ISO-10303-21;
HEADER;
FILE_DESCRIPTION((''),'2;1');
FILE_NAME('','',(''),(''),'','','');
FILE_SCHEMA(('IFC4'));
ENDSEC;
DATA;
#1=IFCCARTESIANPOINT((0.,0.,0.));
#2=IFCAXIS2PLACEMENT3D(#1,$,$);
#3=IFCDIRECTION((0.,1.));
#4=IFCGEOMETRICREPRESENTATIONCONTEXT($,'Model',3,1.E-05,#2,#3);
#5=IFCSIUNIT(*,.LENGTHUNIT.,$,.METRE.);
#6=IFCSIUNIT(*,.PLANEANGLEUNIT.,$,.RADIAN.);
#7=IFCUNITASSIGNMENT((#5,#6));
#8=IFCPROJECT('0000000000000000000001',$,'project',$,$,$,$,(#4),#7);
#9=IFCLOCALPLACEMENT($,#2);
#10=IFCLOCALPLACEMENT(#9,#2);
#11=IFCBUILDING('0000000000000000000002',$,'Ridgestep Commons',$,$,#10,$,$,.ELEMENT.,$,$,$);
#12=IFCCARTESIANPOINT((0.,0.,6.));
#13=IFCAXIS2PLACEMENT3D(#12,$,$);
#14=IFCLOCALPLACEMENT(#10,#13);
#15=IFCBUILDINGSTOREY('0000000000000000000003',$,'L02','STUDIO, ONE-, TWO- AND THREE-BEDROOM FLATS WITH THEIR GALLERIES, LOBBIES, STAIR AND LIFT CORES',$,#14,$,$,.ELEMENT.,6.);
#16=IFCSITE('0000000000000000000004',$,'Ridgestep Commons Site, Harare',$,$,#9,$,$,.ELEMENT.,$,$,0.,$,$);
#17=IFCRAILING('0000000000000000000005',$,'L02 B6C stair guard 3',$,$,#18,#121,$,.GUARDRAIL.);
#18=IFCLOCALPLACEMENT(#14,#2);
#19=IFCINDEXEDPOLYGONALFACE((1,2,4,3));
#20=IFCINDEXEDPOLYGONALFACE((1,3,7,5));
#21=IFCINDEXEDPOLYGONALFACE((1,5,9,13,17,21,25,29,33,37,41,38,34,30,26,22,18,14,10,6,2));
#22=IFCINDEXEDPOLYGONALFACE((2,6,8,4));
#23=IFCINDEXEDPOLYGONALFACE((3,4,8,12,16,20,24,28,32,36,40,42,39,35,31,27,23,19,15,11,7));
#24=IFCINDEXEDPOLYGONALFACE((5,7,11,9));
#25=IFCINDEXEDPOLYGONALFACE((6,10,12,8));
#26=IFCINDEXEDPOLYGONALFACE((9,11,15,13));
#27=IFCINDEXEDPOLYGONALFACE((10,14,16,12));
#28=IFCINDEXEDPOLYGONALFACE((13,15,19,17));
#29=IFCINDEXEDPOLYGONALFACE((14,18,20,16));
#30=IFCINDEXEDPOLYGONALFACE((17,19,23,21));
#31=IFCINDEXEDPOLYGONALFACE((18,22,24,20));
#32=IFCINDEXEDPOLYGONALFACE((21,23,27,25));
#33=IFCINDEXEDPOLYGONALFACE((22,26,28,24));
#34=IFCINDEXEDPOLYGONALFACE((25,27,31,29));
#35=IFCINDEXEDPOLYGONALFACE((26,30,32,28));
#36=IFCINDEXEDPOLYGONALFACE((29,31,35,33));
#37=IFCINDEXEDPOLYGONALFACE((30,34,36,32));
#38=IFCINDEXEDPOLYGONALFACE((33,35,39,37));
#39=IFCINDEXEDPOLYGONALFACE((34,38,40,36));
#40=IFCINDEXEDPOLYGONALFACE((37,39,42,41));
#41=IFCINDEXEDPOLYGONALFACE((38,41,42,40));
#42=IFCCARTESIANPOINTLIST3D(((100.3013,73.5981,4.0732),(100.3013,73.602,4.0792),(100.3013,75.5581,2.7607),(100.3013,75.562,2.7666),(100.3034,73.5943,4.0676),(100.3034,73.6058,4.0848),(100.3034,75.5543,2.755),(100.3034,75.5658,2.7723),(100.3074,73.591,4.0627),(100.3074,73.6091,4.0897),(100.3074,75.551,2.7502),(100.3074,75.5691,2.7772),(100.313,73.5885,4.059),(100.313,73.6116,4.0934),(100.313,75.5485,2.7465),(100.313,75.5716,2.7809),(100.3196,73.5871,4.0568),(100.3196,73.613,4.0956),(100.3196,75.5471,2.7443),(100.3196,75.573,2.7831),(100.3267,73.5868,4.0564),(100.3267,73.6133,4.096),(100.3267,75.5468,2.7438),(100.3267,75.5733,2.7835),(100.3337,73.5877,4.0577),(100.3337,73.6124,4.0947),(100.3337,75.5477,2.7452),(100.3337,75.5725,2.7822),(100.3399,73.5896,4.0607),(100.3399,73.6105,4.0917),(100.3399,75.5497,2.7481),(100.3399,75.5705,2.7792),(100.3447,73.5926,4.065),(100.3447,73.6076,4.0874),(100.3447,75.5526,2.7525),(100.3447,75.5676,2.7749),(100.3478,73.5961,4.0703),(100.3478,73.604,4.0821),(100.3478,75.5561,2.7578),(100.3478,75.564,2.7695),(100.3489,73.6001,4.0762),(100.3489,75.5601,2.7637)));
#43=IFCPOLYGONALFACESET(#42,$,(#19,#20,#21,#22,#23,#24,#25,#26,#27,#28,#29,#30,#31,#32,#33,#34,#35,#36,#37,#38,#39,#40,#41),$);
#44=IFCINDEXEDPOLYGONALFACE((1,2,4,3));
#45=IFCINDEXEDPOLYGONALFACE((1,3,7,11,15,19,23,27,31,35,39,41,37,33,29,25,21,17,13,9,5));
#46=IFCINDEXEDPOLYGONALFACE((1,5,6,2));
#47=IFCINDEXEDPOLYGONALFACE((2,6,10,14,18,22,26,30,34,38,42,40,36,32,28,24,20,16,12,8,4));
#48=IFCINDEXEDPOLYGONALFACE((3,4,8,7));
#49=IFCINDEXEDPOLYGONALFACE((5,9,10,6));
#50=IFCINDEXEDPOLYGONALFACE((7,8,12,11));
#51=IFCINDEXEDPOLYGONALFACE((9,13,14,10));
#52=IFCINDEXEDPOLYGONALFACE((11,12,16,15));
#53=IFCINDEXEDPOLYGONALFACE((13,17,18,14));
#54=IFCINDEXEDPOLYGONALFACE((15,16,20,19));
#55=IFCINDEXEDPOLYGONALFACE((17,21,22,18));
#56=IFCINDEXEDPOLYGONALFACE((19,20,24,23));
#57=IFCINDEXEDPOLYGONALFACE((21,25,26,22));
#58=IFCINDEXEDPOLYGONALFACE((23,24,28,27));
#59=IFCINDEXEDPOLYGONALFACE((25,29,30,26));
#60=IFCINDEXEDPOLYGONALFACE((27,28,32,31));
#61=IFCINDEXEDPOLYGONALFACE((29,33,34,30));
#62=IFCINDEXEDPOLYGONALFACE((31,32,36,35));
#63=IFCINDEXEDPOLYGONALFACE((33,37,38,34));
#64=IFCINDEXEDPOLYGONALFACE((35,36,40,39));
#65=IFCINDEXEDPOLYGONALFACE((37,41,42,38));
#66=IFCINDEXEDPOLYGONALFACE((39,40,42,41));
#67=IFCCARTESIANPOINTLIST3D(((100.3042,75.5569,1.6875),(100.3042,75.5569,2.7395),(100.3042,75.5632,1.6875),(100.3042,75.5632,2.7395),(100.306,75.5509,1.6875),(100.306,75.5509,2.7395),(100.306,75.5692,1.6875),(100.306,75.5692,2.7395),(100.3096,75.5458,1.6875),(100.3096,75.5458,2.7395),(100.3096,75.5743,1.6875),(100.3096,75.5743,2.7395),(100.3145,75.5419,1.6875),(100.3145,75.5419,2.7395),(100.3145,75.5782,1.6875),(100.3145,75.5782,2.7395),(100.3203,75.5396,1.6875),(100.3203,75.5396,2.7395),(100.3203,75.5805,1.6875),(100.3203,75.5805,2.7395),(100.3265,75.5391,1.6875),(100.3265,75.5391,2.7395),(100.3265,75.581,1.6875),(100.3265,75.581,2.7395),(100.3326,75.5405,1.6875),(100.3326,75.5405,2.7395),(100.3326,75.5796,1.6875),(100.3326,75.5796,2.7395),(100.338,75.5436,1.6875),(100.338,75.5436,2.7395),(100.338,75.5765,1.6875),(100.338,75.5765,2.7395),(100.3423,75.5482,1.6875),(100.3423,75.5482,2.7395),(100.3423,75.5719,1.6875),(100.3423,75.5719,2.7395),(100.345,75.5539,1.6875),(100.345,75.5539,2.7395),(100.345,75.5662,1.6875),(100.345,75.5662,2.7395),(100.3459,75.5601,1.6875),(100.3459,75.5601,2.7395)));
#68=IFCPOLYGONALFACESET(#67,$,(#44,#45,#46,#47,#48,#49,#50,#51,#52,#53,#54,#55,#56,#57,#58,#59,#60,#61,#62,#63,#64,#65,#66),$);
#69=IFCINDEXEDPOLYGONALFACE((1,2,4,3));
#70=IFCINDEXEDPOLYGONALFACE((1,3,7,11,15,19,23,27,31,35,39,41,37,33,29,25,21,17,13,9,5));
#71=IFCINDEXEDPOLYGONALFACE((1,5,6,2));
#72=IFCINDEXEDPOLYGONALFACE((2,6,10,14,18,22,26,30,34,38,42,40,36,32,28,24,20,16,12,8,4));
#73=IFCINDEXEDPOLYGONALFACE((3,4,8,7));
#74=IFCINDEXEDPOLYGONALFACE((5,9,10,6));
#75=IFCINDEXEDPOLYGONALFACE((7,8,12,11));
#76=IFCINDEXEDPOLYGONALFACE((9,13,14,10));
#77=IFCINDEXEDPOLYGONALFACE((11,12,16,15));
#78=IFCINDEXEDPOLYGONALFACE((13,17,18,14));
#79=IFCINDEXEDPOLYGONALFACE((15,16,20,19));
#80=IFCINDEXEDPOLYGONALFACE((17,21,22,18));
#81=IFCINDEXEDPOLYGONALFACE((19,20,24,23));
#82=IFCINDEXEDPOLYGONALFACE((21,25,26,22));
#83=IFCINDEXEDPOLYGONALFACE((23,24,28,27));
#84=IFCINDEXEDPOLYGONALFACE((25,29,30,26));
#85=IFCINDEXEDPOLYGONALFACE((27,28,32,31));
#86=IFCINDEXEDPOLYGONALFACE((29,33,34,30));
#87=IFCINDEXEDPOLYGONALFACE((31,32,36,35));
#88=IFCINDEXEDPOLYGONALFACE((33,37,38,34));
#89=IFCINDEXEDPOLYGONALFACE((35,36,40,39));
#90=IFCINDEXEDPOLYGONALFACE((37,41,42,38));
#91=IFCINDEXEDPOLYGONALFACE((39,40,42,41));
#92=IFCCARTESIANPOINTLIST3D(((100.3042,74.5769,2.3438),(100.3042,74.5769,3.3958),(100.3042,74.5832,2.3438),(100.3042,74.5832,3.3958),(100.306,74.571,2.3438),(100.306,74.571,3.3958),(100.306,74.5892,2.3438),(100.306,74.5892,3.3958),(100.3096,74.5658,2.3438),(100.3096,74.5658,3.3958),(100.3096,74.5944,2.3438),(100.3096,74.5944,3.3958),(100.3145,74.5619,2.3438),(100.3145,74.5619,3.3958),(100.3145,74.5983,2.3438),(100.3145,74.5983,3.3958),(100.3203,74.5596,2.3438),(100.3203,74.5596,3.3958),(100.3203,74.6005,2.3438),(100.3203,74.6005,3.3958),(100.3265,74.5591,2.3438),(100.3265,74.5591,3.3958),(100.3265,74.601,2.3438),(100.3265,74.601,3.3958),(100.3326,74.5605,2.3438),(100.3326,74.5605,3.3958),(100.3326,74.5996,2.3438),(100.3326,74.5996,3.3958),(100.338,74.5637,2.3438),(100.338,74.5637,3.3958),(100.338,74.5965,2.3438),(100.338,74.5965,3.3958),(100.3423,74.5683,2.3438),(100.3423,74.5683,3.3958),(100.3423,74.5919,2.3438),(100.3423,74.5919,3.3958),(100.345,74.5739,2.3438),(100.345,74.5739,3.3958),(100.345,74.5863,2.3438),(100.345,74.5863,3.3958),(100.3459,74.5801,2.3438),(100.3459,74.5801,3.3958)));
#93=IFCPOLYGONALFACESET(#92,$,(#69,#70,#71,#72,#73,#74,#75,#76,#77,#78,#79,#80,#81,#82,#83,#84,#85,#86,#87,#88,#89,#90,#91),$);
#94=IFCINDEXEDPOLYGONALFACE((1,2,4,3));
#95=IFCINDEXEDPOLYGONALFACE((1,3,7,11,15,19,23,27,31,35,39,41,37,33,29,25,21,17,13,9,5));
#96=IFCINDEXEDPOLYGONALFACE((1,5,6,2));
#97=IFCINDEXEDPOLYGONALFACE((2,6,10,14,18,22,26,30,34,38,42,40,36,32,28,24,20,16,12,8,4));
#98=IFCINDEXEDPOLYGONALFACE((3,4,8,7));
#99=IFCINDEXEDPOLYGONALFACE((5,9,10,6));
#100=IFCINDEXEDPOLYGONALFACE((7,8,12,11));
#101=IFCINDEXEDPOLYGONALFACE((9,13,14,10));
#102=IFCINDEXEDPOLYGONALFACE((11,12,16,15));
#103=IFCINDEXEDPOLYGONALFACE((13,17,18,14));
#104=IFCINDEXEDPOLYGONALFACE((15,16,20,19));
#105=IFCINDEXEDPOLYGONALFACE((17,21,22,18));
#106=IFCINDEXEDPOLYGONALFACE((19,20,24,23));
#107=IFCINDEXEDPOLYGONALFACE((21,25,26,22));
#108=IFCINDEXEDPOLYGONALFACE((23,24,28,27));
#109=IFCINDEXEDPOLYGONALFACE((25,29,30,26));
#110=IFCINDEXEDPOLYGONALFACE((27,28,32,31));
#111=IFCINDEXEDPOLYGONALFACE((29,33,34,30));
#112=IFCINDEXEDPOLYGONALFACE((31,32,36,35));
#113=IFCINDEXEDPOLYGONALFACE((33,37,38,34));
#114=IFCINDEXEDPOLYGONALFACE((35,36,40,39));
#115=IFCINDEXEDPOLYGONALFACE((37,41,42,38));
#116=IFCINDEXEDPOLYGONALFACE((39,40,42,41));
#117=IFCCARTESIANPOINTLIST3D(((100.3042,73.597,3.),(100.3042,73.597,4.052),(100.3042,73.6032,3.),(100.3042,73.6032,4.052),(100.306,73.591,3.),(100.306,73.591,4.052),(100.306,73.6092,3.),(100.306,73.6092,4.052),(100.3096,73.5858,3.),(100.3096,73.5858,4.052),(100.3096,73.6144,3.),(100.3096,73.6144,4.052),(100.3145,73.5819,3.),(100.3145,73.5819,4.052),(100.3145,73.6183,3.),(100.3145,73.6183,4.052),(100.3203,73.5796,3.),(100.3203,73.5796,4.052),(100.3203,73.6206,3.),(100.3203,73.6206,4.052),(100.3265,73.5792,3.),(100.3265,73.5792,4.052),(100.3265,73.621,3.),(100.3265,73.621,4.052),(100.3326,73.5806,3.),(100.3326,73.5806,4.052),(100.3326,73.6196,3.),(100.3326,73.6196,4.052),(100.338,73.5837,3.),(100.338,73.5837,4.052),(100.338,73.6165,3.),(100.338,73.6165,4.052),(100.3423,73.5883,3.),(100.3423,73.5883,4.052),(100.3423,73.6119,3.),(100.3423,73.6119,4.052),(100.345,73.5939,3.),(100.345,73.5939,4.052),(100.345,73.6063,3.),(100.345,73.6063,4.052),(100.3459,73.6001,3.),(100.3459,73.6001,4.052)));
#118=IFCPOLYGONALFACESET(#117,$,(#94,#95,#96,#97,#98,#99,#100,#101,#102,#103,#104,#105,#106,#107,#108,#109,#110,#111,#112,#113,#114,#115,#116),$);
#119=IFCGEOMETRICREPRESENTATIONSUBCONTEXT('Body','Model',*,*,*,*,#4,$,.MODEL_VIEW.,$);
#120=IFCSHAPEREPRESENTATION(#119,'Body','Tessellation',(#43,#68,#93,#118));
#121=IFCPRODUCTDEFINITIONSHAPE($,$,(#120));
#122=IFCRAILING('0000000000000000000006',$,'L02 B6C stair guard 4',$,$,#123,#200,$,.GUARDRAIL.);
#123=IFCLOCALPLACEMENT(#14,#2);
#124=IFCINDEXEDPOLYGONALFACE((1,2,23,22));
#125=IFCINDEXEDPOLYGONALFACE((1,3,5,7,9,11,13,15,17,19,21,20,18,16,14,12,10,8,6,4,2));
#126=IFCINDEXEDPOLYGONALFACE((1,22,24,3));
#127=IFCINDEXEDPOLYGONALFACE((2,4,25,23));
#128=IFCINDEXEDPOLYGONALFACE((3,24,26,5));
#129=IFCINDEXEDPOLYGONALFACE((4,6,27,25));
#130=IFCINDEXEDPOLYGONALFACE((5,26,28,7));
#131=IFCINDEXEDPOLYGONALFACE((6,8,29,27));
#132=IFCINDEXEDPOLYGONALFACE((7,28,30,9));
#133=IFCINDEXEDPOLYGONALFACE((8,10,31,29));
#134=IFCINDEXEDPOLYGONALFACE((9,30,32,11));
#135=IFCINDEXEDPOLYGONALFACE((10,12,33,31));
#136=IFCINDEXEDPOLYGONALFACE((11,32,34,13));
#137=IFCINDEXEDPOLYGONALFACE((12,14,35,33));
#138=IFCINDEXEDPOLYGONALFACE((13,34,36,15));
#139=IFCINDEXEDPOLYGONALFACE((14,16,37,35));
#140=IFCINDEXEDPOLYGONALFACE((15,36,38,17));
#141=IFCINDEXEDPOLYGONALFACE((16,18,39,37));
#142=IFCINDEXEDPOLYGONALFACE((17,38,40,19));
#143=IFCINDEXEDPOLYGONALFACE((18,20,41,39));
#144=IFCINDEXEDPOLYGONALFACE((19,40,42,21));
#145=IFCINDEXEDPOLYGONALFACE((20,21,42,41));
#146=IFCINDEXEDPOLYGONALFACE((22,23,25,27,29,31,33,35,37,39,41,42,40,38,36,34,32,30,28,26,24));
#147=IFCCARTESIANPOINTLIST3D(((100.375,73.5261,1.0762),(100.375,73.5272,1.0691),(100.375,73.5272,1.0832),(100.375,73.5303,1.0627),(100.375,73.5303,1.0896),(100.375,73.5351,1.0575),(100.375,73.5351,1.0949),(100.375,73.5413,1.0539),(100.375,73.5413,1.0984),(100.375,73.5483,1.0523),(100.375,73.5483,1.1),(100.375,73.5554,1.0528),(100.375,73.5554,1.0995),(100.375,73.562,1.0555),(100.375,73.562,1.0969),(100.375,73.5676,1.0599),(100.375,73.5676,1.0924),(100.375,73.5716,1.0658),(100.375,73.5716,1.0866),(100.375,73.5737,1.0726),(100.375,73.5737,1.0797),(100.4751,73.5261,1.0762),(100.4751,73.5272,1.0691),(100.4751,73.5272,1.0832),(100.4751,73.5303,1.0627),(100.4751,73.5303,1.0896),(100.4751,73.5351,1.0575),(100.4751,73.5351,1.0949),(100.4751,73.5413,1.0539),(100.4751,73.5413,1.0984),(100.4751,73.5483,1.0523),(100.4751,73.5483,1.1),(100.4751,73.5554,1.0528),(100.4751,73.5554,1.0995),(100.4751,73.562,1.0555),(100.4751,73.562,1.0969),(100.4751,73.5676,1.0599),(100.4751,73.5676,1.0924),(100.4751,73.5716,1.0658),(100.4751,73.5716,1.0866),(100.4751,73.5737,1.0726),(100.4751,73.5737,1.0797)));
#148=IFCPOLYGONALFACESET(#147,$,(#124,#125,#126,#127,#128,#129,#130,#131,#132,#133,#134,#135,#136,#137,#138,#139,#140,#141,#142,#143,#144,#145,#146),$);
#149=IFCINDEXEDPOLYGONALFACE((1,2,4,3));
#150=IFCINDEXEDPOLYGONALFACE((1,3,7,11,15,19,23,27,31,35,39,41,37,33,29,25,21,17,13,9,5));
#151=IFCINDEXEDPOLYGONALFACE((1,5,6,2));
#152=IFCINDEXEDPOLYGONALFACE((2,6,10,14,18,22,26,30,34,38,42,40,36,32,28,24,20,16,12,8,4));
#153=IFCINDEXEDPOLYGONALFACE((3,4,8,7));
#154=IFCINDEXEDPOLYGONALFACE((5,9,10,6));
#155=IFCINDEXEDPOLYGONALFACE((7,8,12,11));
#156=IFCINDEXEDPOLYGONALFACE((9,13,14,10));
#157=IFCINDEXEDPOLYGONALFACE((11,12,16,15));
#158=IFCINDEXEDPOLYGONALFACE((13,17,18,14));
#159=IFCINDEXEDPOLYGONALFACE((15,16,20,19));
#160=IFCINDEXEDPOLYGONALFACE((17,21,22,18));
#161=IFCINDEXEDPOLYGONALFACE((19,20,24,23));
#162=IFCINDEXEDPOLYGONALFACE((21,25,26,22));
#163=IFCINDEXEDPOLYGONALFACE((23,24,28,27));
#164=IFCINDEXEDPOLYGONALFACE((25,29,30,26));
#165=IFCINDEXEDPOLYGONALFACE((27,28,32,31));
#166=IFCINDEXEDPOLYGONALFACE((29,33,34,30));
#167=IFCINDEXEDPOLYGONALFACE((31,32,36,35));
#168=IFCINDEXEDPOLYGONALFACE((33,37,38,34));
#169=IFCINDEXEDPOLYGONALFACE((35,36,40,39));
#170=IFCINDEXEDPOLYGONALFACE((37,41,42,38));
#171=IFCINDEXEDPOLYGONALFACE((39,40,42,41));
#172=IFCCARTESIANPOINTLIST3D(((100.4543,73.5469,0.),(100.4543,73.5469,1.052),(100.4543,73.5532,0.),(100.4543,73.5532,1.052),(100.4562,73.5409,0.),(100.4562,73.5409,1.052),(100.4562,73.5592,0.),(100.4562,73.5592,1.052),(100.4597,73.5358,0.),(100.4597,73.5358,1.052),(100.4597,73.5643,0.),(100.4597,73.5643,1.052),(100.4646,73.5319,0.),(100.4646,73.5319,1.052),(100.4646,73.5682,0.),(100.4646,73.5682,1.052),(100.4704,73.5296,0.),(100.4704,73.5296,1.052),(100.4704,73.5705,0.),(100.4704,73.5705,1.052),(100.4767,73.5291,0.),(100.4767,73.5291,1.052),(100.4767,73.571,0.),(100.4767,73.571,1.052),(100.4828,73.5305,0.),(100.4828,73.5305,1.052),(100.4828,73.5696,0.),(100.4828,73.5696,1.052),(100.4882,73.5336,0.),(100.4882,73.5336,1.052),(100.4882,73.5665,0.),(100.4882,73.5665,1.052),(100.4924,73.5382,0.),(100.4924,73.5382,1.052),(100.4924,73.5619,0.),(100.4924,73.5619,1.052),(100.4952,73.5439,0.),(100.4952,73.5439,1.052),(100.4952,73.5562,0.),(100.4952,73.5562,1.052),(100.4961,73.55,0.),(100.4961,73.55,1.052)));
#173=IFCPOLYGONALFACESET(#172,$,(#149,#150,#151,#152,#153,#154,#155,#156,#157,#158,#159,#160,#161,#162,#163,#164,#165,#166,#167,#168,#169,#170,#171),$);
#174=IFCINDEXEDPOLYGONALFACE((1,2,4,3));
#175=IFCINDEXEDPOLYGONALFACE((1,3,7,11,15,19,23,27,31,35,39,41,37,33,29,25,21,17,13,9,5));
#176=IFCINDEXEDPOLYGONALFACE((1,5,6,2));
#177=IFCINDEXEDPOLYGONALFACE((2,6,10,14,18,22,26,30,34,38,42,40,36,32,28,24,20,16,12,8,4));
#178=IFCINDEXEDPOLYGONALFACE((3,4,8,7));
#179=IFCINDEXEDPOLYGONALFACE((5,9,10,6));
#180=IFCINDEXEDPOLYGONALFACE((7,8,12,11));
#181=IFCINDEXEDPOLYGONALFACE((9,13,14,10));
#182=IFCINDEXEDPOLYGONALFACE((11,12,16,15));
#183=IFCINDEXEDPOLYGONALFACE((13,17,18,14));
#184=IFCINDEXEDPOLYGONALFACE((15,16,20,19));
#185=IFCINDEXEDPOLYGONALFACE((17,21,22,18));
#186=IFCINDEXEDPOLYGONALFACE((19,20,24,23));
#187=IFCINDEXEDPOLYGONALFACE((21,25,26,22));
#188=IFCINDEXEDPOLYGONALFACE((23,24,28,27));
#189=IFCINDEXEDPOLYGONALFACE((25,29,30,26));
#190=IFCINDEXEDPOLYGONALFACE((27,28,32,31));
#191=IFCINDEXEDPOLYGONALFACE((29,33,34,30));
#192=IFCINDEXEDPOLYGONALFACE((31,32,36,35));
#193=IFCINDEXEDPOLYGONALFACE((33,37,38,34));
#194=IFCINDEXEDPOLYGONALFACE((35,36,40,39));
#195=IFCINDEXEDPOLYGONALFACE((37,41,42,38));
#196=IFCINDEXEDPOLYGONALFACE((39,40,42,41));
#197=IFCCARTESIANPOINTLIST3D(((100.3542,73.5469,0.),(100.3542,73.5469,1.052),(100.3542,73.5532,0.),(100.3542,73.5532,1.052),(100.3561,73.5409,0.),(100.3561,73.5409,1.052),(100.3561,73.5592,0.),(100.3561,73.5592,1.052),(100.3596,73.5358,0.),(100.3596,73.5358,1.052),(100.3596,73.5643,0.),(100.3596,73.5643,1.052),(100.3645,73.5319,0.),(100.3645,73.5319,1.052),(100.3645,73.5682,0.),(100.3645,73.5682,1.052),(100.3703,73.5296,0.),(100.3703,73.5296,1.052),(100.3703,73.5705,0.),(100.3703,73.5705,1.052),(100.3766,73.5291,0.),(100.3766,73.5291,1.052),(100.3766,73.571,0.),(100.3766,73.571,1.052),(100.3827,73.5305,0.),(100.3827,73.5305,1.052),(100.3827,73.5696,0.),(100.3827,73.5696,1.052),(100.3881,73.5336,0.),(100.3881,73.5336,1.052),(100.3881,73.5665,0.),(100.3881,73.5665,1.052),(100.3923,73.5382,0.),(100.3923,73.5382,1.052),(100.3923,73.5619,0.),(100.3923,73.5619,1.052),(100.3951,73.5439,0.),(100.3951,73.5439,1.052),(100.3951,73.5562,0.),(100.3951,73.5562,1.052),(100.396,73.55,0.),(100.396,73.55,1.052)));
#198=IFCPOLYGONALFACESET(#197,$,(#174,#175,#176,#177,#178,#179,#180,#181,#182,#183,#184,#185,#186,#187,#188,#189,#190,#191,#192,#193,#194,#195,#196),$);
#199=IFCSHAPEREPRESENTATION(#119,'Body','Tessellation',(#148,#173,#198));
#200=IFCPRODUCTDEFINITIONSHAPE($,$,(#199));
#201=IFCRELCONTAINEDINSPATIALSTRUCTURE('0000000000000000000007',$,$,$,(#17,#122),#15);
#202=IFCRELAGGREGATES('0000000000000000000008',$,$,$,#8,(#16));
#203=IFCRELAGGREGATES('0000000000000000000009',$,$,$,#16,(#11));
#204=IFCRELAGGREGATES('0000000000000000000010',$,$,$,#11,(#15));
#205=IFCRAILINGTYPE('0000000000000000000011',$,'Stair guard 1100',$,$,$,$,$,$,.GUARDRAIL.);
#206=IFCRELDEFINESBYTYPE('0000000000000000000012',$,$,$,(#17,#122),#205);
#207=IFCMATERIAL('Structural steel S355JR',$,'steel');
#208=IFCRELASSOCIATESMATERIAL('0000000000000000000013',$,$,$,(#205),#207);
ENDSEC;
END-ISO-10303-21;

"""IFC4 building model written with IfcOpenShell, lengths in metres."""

from ifc_helpers import new_model, si_unit, direction, frame, origin, origin_2d, place, context, subcontext, project, spatial, circle, extrude, material, type_object, element, save


model = new_model("IFC4")

# Units and contexts
model_context = context("Model", 3, precision=1e-05, world=origin(), true_north=direction((0.0, 1.0)))
body_context = subcontext(model_context, "Body", "Model", "MODEL_VIEW")
ifc_project = project(units=[si_unit("LENGTHUNIT", "METRE"), si_unit("PLANEANGLEUNIT", "RADIAN")], contexts=[model_context])

# Site, building, storey
site_placement = place(None, origin())
site = spatial("IfcSite", under=ifc_project, at=site_placement, Name="Ridgestep Commons Site, Harare", CompositionType="ELEMENT", RefElevation=0.0)
building_placement = place(site_placement, origin())
building = spatial("IfcBuilding", under=site, at=building_placement, Name="Ridgestep Commons", CompositionType="ELEMENT")
storey_placement = place(building_placement, frame((0.0, 0.0, 6.0)))
storey = spatial("IfcBuildingStorey", under=building, at=storey_placement, Name="L02", Description="STUDIO, ONE-, TWO- AND THREE-BEDROOM FLATS WITH THEIR GALLERIES, LOBBIES, STAIR AND LIFT CORES", CompositionType="ELEMENT", Elevation=6.0)

# Railings
ifc_material_1 = material(Name="Structural steel S355JR", Category="steel")
railing_type_1 = type_object("IfcRailingType", Name="Stair guard 1100", PredefinedType="GUARDRAIL", material=ifc_material_1)
railing_1_placement = place(storey_placement, frame((100.325, 75.5601, 1.6875)))
element("IfcRailing", 1, at=railing_1_placement, inside=storey, type_object=railing_type_1, Name="L02 B6C stair guard 3", PredefinedType="GUARDRAIL", context=body_context, shape_type="SweptSolid", body=[
    extrude(circle(Radius=0.0239, at=origin_2d()), frame((0.0, 0.0, 1.0762), z_axis=(0.0, -0.830902, 0.556419), x_axis=(1.0, 0.0, 0.0)), (0.0, 0.0, 1.0), 2.3589),
    extrude(circle(Radius=0.021, at=origin_2d()), origin(), (0.0, 0.0, 1.0), 1.052),
    extrude(circle(Radius=0.021, at=origin_2d()), frame((0.0, -0.98, 0.6562)), (0.0, 0.0, 1.0), 1.052),
    extrude(circle(Radius=0.021, at=origin_2d()), frame((0.0, -1.96, 1.3125)), (0.0, 0.0, 1.0), 1.052),
])
railing_2_placement = place(storey_placement, frame((100.4751, 73.55, 0.0)))
element("IfcRailing", 2, at=railing_2_placement, inside=storey, type_object=railing_type_1, Name="L02 B6C stair guard 4", PredefinedType="GUARDRAIL", context=body_context, shape_type="SweptSolid", body=[
    extrude(circle(Radius=0.0239, at=origin_2d()), frame((0.0, 0.0, 1.0762), z_axis=(-1.0, 0.0, 0.0), x_axis=(0.0, -1.0, 0.0)), (0.0, 0.0, 1.0), 0.1001),
    extrude(circle(Radius=0.021, at=origin_2d()), origin(), (0.0, 0.0, 1.0), 1.052),
    extrude(circle(Radius=0.021, at=origin_2d()), frame((-0.1001, 0.0, 0.0)), (0.0, 0.0, 1.0), 1.052),
])

save(model, "model.ifc")
